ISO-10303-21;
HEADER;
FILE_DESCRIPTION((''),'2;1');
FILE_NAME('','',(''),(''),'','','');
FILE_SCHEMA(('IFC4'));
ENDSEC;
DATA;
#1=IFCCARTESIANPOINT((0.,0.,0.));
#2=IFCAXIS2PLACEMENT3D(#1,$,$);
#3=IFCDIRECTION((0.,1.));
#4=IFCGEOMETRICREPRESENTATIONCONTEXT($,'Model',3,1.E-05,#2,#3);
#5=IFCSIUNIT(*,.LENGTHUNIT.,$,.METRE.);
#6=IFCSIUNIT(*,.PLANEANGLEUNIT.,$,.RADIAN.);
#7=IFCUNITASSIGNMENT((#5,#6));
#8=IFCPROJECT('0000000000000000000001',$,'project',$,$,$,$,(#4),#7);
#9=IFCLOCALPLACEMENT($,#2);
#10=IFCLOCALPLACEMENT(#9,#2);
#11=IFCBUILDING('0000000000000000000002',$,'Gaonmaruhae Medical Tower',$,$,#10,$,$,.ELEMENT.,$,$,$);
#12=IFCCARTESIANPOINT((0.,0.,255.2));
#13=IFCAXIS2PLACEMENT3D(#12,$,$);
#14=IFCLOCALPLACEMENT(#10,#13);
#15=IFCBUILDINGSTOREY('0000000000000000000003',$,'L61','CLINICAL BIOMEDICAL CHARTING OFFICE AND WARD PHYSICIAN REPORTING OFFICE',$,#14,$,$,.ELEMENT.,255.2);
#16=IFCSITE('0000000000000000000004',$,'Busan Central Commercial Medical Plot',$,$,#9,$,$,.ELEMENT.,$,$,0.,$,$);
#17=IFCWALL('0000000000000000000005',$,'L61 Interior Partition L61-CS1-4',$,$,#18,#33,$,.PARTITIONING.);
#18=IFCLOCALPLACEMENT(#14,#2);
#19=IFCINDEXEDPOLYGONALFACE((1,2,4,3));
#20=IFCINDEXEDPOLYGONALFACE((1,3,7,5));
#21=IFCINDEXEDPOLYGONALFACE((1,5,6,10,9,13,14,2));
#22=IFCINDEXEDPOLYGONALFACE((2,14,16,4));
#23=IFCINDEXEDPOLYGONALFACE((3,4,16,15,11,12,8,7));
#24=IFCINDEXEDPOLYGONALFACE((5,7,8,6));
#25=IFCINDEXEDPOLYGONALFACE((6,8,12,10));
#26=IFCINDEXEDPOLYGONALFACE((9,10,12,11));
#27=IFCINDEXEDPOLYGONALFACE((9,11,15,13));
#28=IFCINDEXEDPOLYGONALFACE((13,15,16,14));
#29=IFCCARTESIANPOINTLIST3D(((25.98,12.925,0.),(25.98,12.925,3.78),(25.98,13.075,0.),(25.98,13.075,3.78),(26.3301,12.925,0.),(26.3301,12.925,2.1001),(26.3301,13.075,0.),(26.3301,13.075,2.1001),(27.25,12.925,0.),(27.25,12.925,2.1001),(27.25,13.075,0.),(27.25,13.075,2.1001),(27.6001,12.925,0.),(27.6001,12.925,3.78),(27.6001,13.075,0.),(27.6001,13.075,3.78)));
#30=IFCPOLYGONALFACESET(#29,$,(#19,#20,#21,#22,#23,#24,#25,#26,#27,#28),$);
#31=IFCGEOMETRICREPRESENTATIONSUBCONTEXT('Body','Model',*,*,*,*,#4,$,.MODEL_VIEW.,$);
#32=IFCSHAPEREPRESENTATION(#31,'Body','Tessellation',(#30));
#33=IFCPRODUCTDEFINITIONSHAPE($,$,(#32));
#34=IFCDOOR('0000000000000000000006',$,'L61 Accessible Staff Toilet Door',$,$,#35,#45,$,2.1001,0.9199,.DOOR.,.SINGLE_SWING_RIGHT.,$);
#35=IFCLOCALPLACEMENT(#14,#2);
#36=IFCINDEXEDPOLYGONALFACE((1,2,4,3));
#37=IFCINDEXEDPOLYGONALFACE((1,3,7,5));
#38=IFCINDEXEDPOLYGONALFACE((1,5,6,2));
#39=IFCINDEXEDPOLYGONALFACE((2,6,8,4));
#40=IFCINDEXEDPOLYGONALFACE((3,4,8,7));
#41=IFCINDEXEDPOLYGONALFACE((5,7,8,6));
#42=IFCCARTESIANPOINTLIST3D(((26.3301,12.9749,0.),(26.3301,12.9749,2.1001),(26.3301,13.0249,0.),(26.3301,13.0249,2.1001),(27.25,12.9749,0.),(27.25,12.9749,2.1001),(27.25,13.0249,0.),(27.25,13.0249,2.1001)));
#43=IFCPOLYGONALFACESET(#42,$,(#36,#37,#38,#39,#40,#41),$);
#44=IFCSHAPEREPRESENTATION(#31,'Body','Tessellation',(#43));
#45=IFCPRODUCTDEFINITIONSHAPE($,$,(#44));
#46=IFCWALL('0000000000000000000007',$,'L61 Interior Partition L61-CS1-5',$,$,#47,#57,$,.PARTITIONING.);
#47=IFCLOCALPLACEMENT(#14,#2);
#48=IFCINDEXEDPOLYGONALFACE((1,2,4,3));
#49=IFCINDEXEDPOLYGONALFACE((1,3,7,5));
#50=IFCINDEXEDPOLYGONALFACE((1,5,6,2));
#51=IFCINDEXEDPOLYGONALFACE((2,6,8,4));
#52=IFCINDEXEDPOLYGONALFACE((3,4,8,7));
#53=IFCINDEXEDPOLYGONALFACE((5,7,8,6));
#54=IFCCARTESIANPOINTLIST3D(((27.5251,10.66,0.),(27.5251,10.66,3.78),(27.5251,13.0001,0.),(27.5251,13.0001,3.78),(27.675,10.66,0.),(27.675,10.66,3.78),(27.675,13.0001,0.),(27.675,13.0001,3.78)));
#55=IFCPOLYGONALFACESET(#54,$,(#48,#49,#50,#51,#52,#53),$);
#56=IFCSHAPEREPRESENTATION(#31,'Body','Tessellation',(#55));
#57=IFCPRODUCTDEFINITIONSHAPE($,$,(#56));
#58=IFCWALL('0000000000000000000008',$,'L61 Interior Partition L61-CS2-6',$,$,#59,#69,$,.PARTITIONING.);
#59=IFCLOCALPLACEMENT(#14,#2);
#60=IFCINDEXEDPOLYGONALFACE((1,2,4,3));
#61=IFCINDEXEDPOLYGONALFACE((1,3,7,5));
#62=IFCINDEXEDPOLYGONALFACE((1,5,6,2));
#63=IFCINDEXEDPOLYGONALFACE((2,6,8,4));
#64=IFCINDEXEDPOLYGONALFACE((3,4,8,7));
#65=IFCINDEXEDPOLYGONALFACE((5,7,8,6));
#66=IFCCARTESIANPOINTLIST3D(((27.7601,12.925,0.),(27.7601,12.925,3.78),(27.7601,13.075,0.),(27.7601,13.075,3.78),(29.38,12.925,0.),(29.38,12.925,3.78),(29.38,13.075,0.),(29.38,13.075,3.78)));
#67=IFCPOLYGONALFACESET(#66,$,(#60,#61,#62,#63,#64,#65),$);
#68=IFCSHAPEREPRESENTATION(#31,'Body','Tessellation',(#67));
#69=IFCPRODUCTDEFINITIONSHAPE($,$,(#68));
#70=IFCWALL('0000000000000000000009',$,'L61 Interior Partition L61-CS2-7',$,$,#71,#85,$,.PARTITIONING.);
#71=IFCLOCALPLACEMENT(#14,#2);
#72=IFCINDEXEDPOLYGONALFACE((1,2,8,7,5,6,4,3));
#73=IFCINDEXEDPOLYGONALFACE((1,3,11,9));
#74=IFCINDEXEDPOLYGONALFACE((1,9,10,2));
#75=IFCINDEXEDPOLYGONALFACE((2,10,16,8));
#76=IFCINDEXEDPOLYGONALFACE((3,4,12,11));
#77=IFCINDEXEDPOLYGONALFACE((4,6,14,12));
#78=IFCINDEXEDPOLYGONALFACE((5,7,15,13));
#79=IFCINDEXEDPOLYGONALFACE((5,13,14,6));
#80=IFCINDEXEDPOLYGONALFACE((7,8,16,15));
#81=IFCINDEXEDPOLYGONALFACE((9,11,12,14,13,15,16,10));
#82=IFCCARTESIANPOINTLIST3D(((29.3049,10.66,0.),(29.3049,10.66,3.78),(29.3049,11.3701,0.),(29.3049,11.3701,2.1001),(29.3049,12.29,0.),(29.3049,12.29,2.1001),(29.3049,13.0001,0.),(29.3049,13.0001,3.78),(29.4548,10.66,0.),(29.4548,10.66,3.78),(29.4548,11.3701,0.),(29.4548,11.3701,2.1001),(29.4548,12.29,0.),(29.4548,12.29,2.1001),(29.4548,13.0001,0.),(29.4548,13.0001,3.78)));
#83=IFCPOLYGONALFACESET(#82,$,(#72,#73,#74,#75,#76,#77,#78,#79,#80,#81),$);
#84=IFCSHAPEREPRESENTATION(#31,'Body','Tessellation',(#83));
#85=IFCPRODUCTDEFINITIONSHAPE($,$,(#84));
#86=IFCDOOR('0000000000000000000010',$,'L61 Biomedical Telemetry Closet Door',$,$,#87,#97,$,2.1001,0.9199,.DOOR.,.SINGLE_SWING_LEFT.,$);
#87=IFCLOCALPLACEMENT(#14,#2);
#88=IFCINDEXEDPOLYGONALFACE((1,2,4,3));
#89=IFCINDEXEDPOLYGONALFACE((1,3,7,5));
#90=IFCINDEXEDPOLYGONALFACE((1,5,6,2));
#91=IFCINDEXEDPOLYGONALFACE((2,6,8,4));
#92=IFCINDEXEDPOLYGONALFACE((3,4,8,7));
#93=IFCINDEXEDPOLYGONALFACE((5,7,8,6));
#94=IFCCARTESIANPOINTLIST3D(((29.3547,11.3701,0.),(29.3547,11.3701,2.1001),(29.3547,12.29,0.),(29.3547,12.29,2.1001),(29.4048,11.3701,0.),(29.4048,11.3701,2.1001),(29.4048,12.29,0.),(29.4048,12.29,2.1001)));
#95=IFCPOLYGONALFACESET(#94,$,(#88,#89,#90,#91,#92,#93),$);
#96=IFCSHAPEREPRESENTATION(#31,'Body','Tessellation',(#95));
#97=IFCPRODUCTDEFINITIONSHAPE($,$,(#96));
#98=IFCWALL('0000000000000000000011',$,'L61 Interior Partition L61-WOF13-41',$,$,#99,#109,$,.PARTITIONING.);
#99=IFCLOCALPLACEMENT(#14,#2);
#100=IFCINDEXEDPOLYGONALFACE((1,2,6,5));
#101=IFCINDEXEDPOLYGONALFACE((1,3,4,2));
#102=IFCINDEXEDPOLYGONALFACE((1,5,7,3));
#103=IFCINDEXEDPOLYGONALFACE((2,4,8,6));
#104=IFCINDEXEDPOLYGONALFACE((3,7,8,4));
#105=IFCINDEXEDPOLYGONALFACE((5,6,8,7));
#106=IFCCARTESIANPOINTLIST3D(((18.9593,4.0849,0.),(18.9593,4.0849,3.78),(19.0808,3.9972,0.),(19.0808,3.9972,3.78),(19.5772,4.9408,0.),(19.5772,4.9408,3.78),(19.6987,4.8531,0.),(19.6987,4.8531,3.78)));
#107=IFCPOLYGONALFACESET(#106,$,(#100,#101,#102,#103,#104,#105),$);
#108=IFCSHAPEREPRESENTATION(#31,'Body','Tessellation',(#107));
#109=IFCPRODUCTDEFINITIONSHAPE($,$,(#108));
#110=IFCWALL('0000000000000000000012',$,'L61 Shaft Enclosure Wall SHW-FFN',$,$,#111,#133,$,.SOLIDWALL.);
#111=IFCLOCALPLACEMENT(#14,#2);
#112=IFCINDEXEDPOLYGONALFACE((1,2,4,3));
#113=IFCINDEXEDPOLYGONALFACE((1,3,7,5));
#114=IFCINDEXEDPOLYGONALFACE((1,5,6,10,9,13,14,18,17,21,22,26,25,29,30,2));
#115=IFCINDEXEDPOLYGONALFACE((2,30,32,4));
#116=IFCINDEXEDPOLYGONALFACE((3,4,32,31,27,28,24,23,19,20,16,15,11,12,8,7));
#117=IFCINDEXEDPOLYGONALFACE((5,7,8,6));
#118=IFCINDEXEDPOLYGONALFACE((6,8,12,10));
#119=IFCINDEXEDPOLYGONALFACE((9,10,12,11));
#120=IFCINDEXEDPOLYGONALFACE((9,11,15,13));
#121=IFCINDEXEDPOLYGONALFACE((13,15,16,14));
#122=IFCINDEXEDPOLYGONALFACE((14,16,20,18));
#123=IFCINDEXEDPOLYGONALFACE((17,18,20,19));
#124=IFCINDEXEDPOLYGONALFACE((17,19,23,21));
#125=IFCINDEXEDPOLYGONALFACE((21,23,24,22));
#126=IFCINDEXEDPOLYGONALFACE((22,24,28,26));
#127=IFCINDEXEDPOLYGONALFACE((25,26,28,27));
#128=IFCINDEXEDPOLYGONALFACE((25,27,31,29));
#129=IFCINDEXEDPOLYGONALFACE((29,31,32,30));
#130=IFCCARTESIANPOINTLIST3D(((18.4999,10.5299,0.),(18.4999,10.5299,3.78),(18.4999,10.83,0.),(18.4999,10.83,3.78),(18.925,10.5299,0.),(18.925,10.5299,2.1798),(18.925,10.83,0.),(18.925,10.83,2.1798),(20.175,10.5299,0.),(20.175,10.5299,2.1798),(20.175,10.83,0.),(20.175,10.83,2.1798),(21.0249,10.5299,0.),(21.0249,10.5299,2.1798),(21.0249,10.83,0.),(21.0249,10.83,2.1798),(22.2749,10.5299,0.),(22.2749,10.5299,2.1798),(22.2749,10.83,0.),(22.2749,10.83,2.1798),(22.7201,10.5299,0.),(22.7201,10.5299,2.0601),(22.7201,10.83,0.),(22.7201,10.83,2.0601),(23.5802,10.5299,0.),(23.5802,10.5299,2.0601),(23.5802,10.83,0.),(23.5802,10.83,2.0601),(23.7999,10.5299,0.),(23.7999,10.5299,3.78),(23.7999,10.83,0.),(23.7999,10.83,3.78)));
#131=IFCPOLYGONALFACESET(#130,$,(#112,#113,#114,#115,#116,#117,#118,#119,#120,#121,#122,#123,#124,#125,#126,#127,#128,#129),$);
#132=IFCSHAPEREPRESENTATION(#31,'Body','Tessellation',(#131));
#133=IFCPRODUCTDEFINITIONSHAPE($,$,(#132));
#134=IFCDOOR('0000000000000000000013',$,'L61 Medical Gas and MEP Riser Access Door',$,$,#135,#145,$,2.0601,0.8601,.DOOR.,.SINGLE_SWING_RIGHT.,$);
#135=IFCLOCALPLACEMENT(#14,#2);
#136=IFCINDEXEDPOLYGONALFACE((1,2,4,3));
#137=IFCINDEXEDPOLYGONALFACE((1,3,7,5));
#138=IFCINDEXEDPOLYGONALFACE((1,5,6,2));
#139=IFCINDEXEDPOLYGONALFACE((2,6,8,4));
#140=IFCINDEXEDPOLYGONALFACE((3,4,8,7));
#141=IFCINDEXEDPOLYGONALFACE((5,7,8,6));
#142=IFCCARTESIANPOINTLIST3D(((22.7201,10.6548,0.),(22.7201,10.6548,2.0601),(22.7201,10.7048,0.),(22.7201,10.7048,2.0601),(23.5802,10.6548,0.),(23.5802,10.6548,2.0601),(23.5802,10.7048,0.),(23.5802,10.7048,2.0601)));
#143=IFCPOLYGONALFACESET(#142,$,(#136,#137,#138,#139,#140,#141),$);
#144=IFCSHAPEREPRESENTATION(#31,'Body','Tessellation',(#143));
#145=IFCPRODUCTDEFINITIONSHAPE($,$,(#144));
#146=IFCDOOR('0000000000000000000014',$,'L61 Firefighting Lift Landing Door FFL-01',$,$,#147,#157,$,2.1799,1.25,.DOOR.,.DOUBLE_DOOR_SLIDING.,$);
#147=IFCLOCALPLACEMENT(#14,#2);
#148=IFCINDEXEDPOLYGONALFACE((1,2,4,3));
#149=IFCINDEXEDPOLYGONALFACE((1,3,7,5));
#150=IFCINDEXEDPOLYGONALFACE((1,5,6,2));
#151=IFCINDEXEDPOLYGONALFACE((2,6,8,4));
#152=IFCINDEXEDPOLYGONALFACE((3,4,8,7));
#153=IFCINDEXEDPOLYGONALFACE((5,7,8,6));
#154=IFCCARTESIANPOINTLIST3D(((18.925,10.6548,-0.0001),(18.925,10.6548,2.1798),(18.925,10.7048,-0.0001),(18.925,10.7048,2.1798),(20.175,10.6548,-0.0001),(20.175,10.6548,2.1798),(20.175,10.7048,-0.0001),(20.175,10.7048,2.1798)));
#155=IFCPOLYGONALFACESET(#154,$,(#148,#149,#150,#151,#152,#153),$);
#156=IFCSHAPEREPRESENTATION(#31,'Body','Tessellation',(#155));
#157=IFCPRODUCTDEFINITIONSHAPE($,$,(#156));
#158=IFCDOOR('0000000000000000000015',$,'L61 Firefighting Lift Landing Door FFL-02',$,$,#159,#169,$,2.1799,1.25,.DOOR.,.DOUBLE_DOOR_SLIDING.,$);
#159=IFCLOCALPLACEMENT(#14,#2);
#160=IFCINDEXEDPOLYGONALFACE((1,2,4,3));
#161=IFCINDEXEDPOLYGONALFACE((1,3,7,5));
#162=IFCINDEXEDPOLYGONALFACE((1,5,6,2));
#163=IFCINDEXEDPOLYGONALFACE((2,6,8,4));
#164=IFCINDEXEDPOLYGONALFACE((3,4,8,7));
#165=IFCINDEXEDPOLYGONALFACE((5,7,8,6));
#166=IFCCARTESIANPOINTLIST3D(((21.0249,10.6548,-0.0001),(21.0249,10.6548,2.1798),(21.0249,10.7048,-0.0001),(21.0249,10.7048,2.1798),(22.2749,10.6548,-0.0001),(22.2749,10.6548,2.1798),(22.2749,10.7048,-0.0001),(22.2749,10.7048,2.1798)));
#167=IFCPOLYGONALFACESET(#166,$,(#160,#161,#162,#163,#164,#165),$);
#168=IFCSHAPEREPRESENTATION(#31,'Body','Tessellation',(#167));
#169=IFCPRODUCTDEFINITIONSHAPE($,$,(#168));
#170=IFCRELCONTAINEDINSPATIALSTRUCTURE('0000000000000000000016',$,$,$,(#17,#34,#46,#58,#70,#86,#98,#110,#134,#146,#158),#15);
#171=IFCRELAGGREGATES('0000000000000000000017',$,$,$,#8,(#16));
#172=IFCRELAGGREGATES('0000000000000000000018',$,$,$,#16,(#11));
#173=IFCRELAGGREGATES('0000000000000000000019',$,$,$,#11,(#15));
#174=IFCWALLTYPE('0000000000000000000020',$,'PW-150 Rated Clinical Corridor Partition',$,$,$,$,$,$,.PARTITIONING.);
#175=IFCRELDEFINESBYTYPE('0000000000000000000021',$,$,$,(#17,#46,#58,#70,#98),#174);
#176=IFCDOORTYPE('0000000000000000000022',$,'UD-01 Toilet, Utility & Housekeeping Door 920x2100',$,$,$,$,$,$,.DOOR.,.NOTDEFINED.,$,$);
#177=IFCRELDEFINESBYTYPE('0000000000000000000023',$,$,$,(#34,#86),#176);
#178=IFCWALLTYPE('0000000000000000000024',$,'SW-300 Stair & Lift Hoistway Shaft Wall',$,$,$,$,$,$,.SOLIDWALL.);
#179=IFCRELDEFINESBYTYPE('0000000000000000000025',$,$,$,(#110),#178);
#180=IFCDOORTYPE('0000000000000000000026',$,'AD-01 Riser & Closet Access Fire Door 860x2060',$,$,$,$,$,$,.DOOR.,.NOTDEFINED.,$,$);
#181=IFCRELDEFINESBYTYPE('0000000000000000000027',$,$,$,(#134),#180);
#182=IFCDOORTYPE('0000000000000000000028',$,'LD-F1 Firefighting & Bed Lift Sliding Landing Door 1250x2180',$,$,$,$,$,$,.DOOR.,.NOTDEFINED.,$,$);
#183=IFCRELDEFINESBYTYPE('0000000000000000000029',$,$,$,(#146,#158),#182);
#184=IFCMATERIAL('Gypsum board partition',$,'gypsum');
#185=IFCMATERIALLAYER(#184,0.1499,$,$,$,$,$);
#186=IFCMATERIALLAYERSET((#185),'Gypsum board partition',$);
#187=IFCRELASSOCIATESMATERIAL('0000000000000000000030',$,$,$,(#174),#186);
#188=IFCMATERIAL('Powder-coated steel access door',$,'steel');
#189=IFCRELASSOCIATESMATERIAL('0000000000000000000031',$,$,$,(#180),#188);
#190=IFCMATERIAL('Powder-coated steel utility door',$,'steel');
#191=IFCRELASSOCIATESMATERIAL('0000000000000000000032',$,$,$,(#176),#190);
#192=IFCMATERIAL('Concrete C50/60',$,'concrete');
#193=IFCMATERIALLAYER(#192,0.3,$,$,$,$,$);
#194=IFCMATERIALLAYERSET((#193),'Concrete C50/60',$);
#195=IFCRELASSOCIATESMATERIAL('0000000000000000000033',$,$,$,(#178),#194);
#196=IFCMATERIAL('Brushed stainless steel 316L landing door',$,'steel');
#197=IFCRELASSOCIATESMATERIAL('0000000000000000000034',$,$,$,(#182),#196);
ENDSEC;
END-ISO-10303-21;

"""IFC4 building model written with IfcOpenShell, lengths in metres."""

from ifc_helpers import new_model, si_unit, direction, frame, frame_2d, origin, place, context, subcontext, project, spatial, rectangle, extrude, material, layer, layer_set, type_object, element, fill, save


model = new_model("IFC4")

# Units and contexts
model_context = context("Model", 3, precision=1e-05, world=origin(), true_north=direction((0.0, 1.0)))
body_context = subcontext(model_context, "Body", "Model", "MODEL_VIEW")
ifc_project = project(units=[si_unit("LENGTHUNIT", "METRE"), si_unit("PLANEANGLEUNIT", "RADIAN")], contexts=[model_context])

# Site, building, storey
site_placement = place(None, origin())
site = spatial("IfcSite", under=ifc_project, at=site_placement, Name="Busan Central Commercial Medical Plot", CompositionType="ELEMENT", RefElevation=0.0)
building_placement = place(site_placement, origin())
building = spatial("IfcBuilding", under=site, at=building_placement, Name="Gaonmaruhae Medical Tower", CompositionType="ELEMENT")
storey_placement = place(building_placement, frame((0.0, 0.0, 255.2)))
storey = spatial("IfcBuildingStorey", under=building, at=storey_placement, Name="L61", Description="CLINICAL BIOMEDICAL CHARTING OFFICE AND WARD PHYSICIAN REPORTING OFFICE", CompositionType="ELEMENT", Elevation=255.2)

# Shared definitions
ifc_material_1 = material(Name="Concrete C50/60", Category="concrete")

# Shared definitions
ifc_material_2 = material(Name="Gypsum board partition", Category="gypsum")
ifc_layer_1 = layer(ifc_material_2, 0.1499)
ifc_layer_set_1 = layer_set([ifc_layer_1], Name="Gypsum board partition")
wall_type_1 = type_object("IfcWallType", Name="PW-150 Rated Clinical Corridor Partition", PredefinedType="PARTITIONING", material=ifc_layer_set_1)
ifc_material_3 = material(Name="Powder-coated steel access door", Category="steel")
door_type_1 = type_object("IfcDoorType", Name="AD-01 Riser & Closet Access Fire Door 860x2060", OperationType="NOTDEFINED", PredefinedType="DOOR", material=ifc_material_3)

# Wall, opening, door
wall_1_placement = place(storey_placement, frame((25.98, 13.0, 0.0), z_axis=(0.0, 0.0, 1.0), x_axis=(1.0, 0.0, 0.0)))
wall_1 = element("IfcWall", 1, at=wall_1_placement, inside=storey, type_object=wall_type_1, Name="L61 Interior Partition L61-CS1-4", PredefinedType="PARTITIONING", context=body_context, shape_type="SweptSolid", body=[
    extrude(rectangle(XDim=1.6201, YDim=0.1499, at=frame_2d((0.8101, 0.0))), origin(), (0.0, 0.0, 1.0), 3.78),
])
opening_1_placement = place(wall_1_placement, frame((0.3501, 0.0, 0.0)))
opening_1 = element("IfcOpeningElement", 2, at=opening_1_placement, cuts=wall_1, PredefinedType="OPENING", context=body_context, shape_type="SweptSolid", body=[
    extrude(rectangle(XDim=0.9199, YDim=2.1001, at=frame_2d((0.46, 1.05))), frame((0.0, 0.085, 0.0), z_axis=(0.0, -1.0, 0.0), x_axis=(1.0, 0.0, 0.0)), (0.0, 0.0, 1.0), 0.1699),
])
ifc_material_4 = material(Name="Powder-coated steel utility door", Category="steel")
door_type_2 = type_object("IfcDoorType", Name="UD-01 Toilet, Utility & Housekeeping Door 920x2100", OperationType="NOTDEFINED", PredefinedType="DOOR", material=ifc_material_4)
door_1_placement = place(opening_1_placement, origin())
door_1 = element("IfcDoor", 3, at=door_1_placement, inside=storey, type_object=door_type_2, Name="L61 Accessible Staff Toilet Door", OperationType="SINGLE_SWING_RIGHT", OverallHeight=2.1001, OverallWidth=0.9199, PredefinedType="DOOR", context=body_context, shape_type="SweptSolid", body=[
    extrude(rectangle(XDim=0.9199, YDim=2.1001, at=frame_2d((0.46, 1.05))), frame((0.0, 0.0249, 0.0), z_axis=(0.0, -1.0, 0.0), x_axis=(1.0, 0.0, 0.0)), (0.0, 0.0, 1.0), 0.05),
])
fill(opening_1, door_1)

# Walls
wall_2_placement = place(storey_placement, frame((27.6001, 13.0, 0.0), z_axis=(0.0, 0.0, 1.0), x_axis=(0.0, -1.0, 0.0)))
element("IfcWall", 4, at=wall_2_placement, inside=storey, type_object=wall_type_1, Name="L61 Interior Partition L61-CS1-5", PredefinedType="PARTITIONING", context=body_context, shape_type="SweptSolid", body=[
    extrude(rectangle(XDim=2.3401, YDim=0.1499, at=frame_2d((1.1699, 0.0))), origin(), (0.0, 0.0, 1.0), 3.78),
])
wall_3_placement = place(storey_placement, frame((27.76, 13.0, 0.0), z_axis=(0.0, 0.0, 1.0), x_axis=(1.0, 0.0, 0.0)))
element("IfcWall", 5, at=wall_3_placement, inside=storey, type_object=wall_type_1, Name="L61 Interior Partition L61-CS2-6", PredefinedType="PARTITIONING", context=body_context, shape_type="SweptSolid", body=[
    extrude(rectangle(XDim=1.6199, YDim=0.1499, at=frame_2d((0.8101, 0.0))), origin(), (0.0, 0.0, 1.0), 3.78),
])

# Wall, opening, door
wall_4_placement = place(storey_placement, frame((29.3799, 13.0, 0.0), z_axis=(0.0, 0.0, 1.0), x_axis=(0.0, -1.0, 0.0)))
wall_4 = element("IfcWall", 6, at=wall_4_placement, inside=storey, type_object=wall_type_1, Name="L61 Interior Partition L61-CS2-7", PredefinedType="PARTITIONING", context=body_context, shape_type="SweptSolid", body=[
    extrude(rectangle(XDim=2.3401, YDim=0.1499, at=frame_2d((1.1699, 0.0))), origin(), (0.0, 0.0, 1.0), 3.78),
])
opening_2_placement = place(wall_4_placement, frame((0.71, 0.0, 0.0)))
opening_2 = element("IfcOpeningElement", 7, at=opening_2_placement, cuts=wall_4, PredefinedType="OPENING", context=body_context, shape_type="SweptSolid", body=[
    extrude(rectangle(XDim=0.9199, YDim=2.1001, at=frame_2d((0.46, 1.05))), frame((0.0, 0.085, 0.0), z_axis=(0.0, -1.0, 0.0), x_axis=(1.0, 0.0, 0.0)), (0.0, 0.0, 1.0), 0.1699),
])
door_2_placement = place(opening_2_placement, origin())
door_2 = element("IfcDoor", 8, at=door_2_placement, inside=storey, type_object=door_type_2, Name="L61 Biomedical Telemetry Closet Door", OperationType="SINGLE_SWING_LEFT", OverallHeight=2.1001, OverallWidth=0.9199, PredefinedType="DOOR", context=body_context, shape_type="SweptSolid", body=[
    extrude(rectangle(XDim=0.9199, YDim=2.1001, at=frame_2d((0.46, 1.05))), frame((0.0, 0.0249, 0.0), z_axis=(0.0, -1.0, 0.0), x_axis=(1.0, 0.0, 0.0)), (0.0, 0.0, 1.0), 0.05),
])
fill(opening_2, door_2)

# Wall
wall_5_placement = place(storey_placement, frame((19.6379, 4.897, 0.0), z_axis=(0.0, 0.0, 1.0), x_axis=(-0.585322, -0.810801, 0.0)))
element("IfcWall", 9, at=wall_5_placement, inside=storey, type_object=wall_type_1, Name="L61 Interior Partition L61-WOF13-41", PredefinedType="PARTITIONING", context=body_context, shape_type="SweptSolid", body=[
    extrude(rectangle(XDim=1.0557, YDim=0.1499, at=frame_2d((0.5278, 0.0))), origin(), (0.0, 0.0, 1.0), 3.78),
])

# Wall, openings, doors
ifc_layer_2 = layer(ifc_material_1, 0.3)
ifc_layer_set_2 = layer_set([ifc_layer_2], Name="Concrete C50/60")
wall_type_2 = type_object("IfcWallType", Name="SW-300 Stair & Lift Hoistway Shaft Wall", PredefinedType="SOLIDWALL", material=ifc_layer_set_2)
wall_6_placement = place(storey_placement, frame((18.5, 10.6799, 0.0), z_axis=(0.0, 0.0, 1.0), x_axis=(1.0, 0.0, 0.0)))
wall_6 = element("IfcWall", 10, at=wall_6_placement, inside=storey, type_object=wall_type_2, Name="L61 Shaft Enclosure Wall SHW-FFN", PredefinedType="SOLIDWALL", context=body_context, shape_type="SweptSolid", body=[
    extrude(rectangle(XDim=5.3, YDim=0.3, at=frame_2d((2.6499, 0.0))), origin(), (0.0, 0.0, 1.0), 3.78),
])
opening_3_placement = place(wall_6_placement, frame((4.22, 0.0, 0.0)))
opening_3 = element("IfcOpeningElement", 11, at=opening_3_placement, cuts=wall_6, PredefinedType="OPENING", context=body_context, shape_type="SweptSolid", body=[
    extrude(rectangle(XDim=0.8601, YDim=2.0601, at=frame_2d((0.4302, 1.03))), frame((0.0, 0.1602, 0.0), z_axis=(0.0, -1.0, 0.0), x_axis=(1.0, 0.0, 0.0)), (0.0, 0.0, 1.0), 0.3201),
])
opening_4_placement = place(wall_6_placement, frame((0.425, 0.0, 0.0)))
opening_4 = element("IfcOpeningElement", 12, at=opening_4_placement, cuts=wall_6, PredefinedType="OPENING", context=body_context, shape_type="SweptSolid", body=[
    extrude(rectangle(XDim=1.25, YDim=2.1799, at=frame_2d((0.625, 1.0898))), frame((0.0, 0.1602, 0.0), z_axis=(0.0, -1.0, 0.0), x_axis=(1.0, 0.0, 0.0)), (0.0, 0.0, 1.0), 0.3201),
])
opening_5_placement = place(wall_6_placement, frame((2.5249, 0.0, 0.0)))
opening_5 = element("IfcOpeningElement", 13, at=opening_5_placement, cuts=wall_6, PredefinedType="OPENING", context=body_context, shape_type="SweptSolid", body=[
    extrude(rectangle(XDim=1.25, YDim=2.1799, at=frame_2d((0.625, 1.0898))), frame((0.0, 0.1602, 0.0), z_axis=(0.0, -1.0, 0.0), x_axis=(1.0, 0.0, 0.0)), (0.0, 0.0, 1.0), 0.3201),
])
door_3_placement = place(opening_3_placement, origin())
door_3 = element("IfcDoor", 14, at=door_3_placement, inside=storey, type_object=door_type_1, Name="L61 Medical Gas and MEP Riser Access Door", OperationType="SINGLE_SWING_RIGHT", OverallHeight=2.0601, OverallWidth=0.8601, PredefinedType="DOOR", context=body_context, shape_type="SweptSolid", body=[
    extrude(rectangle(XDim=0.8601, YDim=2.0601, at=frame_2d((0.4302, 1.03))), frame((0.0, 0.0249, 0.0), z_axis=(0.0, -1.0, 0.0), x_axis=(1.0, 0.0, 0.0)), (0.0, 0.0, 1.0), 0.05),
])
fill(opening_3, door_3)
ifc_material_5 = material(Name="Brushed stainless steel 316L landing door", Category="steel")
door_type_3 = type_object("IfcDoorType", Name="LD-F1 Firefighting & Bed Lift Sliding Landing Door 1250x2180", OperationType="NOTDEFINED", PredefinedType="DOOR", material=ifc_material_5)
door_4_placement = place(opening_4_placement, origin())
door_4 = element("IfcDoor", 15, at=door_4_placement, inside=storey, type_object=door_type_3, Name="L61 Firefighting Lift Landing Door FFL-01", OperationType="DOUBLE_DOOR_SLIDING", OverallHeight=2.1799, OverallWidth=1.25, PredefinedType="DOOR", context=body_context, shape_type="SweptSolid", body=[
    extrude(rectangle(XDim=1.25, YDim=2.1799, at=frame_2d((0.625, 1.0898))), frame((0.0, 0.0249, 0.0), z_axis=(0.0, -1.0, 0.0), x_axis=(1.0, 0.0, 0.0)), (0.0, 0.0, 1.0), 0.05),
])
fill(opening_4, door_4)
door_5_placement = place(opening_5_placement, origin())
door_5 = element("IfcDoor", 16, at=door_5_placement, inside=storey, type_object=door_type_3, Name="L61 Firefighting Lift Landing Door FFL-02", OperationType="DOUBLE_DOOR_SLIDING", OverallHeight=2.1799, OverallWidth=1.25, PredefinedType="DOOR", context=body_context, shape_type="SweptSolid", body=[
    extrude(rectangle(XDim=1.25, YDim=2.1799, at=frame_2d((0.625, 1.0898))), frame((0.0, 0.0249, 0.0), z_axis=(0.0, -1.0, 0.0), x_axis=(1.0, 0.0, 0.0)), (0.0, 0.0, 1.0), 0.05),
])
fill(opening_5, door_5)

save(model, "model.ifc")
